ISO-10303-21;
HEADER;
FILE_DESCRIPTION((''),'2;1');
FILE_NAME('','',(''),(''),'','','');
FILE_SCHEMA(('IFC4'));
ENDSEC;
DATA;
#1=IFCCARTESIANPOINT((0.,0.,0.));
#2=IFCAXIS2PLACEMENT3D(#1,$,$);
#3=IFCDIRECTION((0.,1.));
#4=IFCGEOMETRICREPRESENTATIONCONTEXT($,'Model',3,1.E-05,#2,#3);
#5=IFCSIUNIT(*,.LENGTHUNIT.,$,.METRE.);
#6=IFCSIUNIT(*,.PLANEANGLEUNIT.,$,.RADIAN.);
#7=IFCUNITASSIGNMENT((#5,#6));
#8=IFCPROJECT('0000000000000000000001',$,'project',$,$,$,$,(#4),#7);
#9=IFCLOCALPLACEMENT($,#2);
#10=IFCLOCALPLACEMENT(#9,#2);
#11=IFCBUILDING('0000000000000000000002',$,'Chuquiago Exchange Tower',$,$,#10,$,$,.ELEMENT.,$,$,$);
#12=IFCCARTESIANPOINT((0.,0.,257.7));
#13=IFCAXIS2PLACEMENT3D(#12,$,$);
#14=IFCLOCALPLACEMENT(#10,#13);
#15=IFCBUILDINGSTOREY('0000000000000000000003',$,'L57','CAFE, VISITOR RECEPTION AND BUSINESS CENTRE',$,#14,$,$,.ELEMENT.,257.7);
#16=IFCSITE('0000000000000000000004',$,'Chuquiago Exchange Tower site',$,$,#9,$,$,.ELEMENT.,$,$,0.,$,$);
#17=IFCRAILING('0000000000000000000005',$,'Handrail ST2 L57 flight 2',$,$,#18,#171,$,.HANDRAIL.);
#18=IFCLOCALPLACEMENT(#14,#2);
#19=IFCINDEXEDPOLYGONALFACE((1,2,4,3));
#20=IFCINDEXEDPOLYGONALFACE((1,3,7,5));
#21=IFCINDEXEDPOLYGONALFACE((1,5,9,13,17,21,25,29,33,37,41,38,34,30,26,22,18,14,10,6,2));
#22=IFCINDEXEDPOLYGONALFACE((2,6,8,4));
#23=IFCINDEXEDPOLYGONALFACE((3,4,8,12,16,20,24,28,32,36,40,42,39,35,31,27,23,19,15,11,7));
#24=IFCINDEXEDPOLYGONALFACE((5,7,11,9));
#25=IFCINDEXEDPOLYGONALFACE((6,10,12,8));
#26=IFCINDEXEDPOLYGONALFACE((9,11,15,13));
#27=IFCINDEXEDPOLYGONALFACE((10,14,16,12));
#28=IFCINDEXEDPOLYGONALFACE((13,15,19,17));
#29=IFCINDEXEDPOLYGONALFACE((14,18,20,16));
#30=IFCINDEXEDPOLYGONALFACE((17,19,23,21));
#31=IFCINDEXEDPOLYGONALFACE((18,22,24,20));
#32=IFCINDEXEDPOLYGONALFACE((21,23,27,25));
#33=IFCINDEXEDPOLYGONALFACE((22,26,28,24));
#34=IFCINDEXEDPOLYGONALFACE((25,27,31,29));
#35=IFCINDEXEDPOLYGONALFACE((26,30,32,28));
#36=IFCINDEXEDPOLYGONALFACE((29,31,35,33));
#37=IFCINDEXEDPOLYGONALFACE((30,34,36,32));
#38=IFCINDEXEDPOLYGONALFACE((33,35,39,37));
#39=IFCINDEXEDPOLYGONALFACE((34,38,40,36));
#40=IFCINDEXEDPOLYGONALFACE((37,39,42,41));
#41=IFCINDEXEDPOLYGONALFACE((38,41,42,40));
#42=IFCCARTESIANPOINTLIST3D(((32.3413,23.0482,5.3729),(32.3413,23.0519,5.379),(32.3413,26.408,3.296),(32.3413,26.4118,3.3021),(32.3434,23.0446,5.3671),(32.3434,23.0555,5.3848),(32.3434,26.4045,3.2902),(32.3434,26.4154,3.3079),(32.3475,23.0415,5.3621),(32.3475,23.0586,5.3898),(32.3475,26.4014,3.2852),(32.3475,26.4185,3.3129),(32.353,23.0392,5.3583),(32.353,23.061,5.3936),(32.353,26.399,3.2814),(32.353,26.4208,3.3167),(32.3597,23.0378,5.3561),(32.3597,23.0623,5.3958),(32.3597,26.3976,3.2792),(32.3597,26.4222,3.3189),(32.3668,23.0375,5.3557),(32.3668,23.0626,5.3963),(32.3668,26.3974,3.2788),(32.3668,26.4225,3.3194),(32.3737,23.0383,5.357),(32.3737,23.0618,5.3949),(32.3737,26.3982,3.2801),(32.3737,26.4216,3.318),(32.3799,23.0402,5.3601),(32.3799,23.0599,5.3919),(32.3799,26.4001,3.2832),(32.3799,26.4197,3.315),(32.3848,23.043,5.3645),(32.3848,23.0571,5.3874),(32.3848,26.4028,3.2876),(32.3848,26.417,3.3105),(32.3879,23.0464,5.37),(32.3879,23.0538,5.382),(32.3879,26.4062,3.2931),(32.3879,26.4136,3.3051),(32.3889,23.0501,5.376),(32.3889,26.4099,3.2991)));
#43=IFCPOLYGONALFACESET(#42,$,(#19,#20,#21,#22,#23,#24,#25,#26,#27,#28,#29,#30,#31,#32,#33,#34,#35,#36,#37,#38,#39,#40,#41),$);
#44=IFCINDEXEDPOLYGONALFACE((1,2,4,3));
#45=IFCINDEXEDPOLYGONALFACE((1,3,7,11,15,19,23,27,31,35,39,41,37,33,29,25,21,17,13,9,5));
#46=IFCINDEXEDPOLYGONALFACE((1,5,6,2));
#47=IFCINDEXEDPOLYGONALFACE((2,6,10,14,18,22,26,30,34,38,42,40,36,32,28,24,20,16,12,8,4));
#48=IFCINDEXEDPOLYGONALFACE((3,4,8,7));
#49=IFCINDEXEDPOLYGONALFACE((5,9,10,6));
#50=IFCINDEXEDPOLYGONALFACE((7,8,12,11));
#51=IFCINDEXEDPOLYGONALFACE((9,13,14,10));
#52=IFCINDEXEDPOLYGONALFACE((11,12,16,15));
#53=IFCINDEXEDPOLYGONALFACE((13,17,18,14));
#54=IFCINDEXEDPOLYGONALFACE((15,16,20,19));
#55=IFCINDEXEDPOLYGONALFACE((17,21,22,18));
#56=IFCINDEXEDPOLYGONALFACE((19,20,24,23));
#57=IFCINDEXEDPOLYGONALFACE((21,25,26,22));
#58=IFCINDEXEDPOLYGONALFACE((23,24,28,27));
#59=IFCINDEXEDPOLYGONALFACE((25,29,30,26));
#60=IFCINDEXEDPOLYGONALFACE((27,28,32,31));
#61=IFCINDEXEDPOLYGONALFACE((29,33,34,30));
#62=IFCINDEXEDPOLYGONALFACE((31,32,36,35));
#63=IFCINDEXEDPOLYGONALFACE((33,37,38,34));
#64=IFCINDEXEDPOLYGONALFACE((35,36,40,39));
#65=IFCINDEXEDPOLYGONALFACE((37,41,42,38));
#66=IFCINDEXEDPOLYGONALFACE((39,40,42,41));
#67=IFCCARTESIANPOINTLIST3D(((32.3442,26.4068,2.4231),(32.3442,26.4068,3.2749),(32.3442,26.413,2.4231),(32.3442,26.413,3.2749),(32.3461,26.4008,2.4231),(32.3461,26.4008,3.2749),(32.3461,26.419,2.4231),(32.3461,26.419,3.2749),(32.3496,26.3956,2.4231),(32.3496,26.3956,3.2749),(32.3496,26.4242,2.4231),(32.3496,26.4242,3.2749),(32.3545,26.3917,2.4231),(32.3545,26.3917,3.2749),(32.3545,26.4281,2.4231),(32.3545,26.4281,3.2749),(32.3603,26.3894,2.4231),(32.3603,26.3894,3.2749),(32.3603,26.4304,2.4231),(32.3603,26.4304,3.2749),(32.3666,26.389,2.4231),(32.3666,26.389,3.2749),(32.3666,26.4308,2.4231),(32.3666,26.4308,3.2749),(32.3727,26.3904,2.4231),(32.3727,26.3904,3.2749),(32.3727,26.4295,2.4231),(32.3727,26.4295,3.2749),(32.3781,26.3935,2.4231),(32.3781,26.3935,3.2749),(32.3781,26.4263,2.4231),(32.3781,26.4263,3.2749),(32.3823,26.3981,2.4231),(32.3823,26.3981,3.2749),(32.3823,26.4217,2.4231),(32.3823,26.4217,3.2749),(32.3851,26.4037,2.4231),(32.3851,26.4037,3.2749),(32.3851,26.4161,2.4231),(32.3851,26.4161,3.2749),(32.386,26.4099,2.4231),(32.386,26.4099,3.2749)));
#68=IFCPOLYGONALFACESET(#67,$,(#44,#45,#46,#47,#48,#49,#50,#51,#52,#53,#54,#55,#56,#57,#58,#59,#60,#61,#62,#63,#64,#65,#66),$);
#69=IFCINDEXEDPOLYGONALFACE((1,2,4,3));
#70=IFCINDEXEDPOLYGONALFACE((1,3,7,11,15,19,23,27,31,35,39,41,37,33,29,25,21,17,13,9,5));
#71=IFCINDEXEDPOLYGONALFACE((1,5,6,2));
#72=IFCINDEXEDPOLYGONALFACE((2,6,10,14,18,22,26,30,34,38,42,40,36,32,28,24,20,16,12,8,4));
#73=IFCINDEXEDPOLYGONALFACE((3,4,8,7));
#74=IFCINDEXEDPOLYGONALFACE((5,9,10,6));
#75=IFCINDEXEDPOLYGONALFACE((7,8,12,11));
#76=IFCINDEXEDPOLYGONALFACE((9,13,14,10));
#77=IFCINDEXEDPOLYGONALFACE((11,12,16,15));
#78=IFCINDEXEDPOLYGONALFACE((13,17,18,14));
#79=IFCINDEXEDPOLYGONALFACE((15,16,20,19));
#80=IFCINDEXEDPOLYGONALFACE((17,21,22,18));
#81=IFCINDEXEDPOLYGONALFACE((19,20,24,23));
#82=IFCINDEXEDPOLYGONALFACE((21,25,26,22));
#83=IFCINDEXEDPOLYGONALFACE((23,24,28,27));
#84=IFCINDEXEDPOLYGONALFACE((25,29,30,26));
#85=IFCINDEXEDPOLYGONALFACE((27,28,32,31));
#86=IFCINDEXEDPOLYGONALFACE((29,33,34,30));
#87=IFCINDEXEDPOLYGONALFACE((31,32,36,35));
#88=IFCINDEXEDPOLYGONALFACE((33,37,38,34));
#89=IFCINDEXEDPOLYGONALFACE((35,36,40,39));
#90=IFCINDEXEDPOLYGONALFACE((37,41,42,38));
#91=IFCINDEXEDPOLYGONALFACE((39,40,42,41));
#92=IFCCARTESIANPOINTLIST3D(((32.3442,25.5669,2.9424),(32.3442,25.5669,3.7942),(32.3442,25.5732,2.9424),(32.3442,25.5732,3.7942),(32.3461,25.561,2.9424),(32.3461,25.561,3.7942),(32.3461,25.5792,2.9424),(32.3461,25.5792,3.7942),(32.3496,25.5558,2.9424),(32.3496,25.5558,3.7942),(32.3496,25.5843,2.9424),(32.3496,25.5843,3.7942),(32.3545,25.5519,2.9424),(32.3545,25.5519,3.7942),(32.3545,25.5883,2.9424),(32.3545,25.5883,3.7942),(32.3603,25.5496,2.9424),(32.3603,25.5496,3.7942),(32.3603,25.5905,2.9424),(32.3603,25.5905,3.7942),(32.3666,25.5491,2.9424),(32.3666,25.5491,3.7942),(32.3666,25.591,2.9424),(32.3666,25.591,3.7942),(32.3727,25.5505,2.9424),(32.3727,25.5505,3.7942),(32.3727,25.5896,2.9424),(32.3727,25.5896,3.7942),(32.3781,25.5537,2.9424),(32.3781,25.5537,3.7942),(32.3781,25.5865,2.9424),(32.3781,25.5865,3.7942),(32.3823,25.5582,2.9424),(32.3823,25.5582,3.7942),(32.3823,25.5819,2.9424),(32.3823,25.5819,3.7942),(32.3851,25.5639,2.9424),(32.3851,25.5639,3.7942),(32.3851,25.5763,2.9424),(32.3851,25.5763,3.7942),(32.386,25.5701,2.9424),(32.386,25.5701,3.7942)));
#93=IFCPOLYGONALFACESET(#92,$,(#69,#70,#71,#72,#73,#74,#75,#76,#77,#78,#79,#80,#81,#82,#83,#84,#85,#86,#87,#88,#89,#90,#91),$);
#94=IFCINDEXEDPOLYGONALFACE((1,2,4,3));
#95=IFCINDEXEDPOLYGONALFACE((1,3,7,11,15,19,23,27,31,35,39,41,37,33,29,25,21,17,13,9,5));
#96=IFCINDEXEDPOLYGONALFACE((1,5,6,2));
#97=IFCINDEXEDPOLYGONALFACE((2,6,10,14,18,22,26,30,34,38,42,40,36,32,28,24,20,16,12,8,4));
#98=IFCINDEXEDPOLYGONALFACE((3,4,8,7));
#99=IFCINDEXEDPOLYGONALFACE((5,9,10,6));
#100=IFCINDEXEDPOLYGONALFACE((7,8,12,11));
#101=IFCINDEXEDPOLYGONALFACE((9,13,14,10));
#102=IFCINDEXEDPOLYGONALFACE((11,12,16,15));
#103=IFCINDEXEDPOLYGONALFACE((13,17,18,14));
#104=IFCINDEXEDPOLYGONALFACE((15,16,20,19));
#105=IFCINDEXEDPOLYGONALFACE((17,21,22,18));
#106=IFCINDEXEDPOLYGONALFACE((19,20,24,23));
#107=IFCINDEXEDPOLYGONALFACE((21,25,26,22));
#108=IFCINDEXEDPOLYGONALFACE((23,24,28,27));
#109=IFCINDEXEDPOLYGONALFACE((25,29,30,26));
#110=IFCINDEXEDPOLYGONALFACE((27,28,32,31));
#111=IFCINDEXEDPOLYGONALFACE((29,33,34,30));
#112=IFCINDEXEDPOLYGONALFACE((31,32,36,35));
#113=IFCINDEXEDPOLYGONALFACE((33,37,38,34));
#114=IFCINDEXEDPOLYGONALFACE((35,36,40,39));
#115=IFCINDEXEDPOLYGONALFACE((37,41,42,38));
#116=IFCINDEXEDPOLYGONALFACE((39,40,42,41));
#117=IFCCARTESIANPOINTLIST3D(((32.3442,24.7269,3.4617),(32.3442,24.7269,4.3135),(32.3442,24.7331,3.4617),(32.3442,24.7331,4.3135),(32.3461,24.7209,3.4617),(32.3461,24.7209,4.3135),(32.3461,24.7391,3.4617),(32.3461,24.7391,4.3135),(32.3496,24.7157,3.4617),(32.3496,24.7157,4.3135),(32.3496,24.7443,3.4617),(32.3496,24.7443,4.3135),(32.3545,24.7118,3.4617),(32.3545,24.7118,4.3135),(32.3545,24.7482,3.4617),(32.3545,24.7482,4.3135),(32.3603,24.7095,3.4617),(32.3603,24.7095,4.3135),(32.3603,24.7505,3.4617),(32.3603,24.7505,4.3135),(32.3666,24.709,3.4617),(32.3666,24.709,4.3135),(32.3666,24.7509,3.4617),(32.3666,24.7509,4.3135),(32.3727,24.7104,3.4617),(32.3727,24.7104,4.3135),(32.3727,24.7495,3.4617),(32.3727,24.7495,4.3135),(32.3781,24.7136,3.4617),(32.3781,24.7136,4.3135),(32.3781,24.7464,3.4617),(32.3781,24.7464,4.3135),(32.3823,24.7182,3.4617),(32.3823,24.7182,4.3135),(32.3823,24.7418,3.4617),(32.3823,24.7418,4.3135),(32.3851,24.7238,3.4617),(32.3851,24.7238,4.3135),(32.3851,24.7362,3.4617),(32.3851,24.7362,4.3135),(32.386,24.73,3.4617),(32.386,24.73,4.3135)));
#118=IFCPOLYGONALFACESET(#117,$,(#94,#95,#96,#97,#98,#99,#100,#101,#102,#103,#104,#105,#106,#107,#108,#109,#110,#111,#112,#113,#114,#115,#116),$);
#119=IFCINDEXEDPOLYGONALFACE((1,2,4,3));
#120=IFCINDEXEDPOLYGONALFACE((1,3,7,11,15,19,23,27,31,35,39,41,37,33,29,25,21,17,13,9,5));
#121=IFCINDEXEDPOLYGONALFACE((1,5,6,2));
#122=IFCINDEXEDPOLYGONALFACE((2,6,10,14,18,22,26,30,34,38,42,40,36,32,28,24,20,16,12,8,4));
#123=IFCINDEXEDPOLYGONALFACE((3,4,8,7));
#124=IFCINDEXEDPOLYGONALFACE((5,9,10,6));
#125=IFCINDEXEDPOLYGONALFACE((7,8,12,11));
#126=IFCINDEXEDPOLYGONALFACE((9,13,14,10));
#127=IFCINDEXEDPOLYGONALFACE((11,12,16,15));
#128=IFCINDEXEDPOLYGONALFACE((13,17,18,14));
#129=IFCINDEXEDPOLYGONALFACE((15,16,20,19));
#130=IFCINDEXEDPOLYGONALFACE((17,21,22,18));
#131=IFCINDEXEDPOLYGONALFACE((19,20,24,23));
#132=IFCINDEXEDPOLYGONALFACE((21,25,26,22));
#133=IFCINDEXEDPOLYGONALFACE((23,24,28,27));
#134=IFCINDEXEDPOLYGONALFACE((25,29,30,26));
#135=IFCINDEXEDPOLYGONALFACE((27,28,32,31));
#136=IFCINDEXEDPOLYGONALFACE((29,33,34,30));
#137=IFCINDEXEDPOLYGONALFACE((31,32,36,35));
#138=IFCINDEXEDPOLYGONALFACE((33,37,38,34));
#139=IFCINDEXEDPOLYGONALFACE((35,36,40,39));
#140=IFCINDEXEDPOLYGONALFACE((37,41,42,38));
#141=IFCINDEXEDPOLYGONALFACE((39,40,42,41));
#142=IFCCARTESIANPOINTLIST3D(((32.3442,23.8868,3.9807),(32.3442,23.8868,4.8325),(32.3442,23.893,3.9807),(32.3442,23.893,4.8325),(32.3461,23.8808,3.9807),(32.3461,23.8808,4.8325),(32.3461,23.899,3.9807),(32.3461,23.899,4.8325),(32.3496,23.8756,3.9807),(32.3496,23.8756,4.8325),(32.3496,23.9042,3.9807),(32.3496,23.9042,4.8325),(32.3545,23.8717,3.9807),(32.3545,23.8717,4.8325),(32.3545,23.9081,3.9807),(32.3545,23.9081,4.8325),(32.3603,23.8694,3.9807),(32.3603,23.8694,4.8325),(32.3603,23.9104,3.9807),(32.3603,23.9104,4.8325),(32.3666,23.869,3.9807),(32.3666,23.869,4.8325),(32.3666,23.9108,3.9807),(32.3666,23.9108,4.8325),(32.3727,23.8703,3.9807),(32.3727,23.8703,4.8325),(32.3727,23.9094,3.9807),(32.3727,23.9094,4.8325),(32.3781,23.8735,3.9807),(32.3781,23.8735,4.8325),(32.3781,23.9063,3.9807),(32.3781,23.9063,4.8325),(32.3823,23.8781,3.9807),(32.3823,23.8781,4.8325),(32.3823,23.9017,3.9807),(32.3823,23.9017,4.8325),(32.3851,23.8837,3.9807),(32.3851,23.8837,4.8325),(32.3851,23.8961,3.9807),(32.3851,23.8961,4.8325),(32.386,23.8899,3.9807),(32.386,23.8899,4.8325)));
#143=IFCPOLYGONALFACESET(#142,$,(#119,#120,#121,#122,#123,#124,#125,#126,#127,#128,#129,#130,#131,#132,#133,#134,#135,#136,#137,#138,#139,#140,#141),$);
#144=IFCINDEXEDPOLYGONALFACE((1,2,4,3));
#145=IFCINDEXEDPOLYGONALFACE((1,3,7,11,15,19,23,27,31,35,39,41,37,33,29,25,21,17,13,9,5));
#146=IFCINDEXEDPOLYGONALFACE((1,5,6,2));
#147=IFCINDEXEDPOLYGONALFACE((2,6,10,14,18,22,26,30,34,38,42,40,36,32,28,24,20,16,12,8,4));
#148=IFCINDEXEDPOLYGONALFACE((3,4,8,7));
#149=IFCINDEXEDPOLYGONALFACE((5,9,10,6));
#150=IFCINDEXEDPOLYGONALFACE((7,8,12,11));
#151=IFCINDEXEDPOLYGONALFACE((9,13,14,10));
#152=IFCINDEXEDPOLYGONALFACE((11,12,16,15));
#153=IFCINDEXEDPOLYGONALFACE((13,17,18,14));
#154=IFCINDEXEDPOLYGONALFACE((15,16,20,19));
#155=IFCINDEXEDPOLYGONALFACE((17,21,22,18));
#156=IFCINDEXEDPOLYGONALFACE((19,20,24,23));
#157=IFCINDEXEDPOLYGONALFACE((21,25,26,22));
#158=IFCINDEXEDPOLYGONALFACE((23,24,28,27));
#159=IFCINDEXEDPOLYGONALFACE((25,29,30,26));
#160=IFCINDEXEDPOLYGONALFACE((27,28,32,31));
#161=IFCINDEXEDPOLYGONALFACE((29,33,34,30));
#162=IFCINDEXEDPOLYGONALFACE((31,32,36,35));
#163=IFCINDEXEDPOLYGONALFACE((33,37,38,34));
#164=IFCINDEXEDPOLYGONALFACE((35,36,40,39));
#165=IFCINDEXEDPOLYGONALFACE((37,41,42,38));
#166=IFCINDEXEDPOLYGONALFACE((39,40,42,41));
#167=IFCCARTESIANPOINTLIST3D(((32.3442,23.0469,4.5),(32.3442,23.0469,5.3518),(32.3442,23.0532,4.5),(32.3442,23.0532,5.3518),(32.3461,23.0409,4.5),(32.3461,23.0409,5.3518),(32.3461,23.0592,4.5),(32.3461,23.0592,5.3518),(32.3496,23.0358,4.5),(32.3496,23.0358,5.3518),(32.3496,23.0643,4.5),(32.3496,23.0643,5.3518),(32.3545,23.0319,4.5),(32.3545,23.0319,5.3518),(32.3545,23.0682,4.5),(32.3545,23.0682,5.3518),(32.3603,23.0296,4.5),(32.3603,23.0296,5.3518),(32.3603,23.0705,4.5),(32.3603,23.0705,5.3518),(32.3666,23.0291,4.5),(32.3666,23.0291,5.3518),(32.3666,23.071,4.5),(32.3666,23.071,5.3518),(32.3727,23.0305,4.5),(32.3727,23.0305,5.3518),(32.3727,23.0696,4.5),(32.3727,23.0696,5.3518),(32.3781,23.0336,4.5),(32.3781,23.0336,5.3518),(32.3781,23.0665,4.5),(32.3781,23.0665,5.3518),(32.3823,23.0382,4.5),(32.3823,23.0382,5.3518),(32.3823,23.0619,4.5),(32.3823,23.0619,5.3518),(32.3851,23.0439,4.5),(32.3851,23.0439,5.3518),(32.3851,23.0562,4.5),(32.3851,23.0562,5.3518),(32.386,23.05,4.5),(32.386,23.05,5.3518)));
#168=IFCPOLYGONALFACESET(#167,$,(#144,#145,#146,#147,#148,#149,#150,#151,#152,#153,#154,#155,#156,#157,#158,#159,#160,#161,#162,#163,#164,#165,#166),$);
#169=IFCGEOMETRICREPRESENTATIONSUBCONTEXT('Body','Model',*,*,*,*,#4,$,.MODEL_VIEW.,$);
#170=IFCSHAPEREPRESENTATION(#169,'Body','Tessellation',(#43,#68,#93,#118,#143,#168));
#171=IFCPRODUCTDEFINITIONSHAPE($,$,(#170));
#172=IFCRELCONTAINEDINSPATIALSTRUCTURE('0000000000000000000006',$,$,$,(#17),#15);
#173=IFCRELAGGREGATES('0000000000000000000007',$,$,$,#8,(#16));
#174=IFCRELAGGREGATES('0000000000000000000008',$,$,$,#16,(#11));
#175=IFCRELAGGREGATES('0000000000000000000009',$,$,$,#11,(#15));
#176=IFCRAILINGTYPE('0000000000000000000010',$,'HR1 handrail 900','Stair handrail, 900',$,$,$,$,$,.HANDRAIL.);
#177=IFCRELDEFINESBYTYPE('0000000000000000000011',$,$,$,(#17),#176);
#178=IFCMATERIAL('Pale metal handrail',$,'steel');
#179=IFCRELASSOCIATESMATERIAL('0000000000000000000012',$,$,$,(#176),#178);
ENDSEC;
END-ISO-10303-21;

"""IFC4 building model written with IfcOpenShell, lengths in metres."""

from ifc_helpers import new_model, si_unit, direction, frame, origin, origin_2d, place, context, subcontext, project, spatial, circle, extrude, material, type_object, element, save


model = new_model("IFC4")

# Units and contexts
model_context = context("Model", 3, precision=1e-05, world=origin(), true_north=direction((0.0, 1.0)))
body_context = subcontext(model_context, "Body", "Model", "MODEL_VIEW")
ifc_project = project(units=[si_unit("LENGTHUNIT", "METRE"), si_unit("PLANEANGLEUNIT", "RADIAN")], contexts=[model_context])

# Site, building, storey
site_placement = place(None, origin())
site = spatial("IfcSite", under=ifc_project, at=site_placement, Name="Chuquiago Exchange Tower site", CompositionType="ELEMENT", RefElevation=0.0)
building_placement = place(site_placement, origin())
building = spatial("IfcBuilding", under=site, at=building_placement, Name="Chuquiago Exchange Tower", CompositionType="ELEMENT")
storey_placement = place(building_placement, frame((0.0, 0.0, 257.7)))
storey = spatial("IfcBuildingStorey", under=building, at=storey_placement, Name="L57", Description="CAFE, VISITOR RECEPTION AND BUSINESS CENTRE", CompositionType="ELEMENT", Elevation=257.7)

# Railing
ifc_material_1 = material(Name="Pale metal handrail", Category="steel")
railing_type_1 = type_object("IfcRailingType", Name="HR1 handrail 900", Description="Stair handrail, 900", PredefinedType="HANDRAIL", material=ifc_material_1)
for number, where, name in (
    (1, (32.365, 26.4099, 2.4231), "Handrail ST2 L57 flight 2"),
):
    element("IfcRailing", number, at=place(storey_placement, frame(where)), inside=storey, type_object=railing_type_1, Name=name, PredefinedType="HANDRAIL", context=body_context, shape_type="SweptSolid", body=[
        extrude(circle(Radius=0.0239, at=origin_2d()), frame((0.0, 0.0, 0.876), z_axis=(0.0, -0.850606, 0.525803), x_axis=(1.0, 0.0, 0.0)), (0.0, 0.0, 1.0), 3.95),
        extrude(circle(Radius=0.021, at=origin_2d()), origin(), (0.0, 0.0, 1.0), 0.8518),
        extrude(circle(Radius=0.021, at=origin_2d()), frame((0.0, -0.8398, 0.5193)), (0.0, 0.0, 1.0), 0.8518),
        extrude(circle(Radius=0.021, at=origin_2d()), frame((0.0, -1.6799, 1.0386)), (0.0, 0.0, 1.0), 0.8518),
        extrude(circle(Radius=0.021, at=origin_2d()), frame((0.0, -2.52, 1.5576)), (0.0, 0.0, 1.0), 0.8518),
        extrude(circle(Radius=0.021, at=origin_2d()), frame((0.0, -3.3599, 2.0769)), (0.0, 0.0, 1.0), 0.8518),
    ])

save(model, "model.ifc")
